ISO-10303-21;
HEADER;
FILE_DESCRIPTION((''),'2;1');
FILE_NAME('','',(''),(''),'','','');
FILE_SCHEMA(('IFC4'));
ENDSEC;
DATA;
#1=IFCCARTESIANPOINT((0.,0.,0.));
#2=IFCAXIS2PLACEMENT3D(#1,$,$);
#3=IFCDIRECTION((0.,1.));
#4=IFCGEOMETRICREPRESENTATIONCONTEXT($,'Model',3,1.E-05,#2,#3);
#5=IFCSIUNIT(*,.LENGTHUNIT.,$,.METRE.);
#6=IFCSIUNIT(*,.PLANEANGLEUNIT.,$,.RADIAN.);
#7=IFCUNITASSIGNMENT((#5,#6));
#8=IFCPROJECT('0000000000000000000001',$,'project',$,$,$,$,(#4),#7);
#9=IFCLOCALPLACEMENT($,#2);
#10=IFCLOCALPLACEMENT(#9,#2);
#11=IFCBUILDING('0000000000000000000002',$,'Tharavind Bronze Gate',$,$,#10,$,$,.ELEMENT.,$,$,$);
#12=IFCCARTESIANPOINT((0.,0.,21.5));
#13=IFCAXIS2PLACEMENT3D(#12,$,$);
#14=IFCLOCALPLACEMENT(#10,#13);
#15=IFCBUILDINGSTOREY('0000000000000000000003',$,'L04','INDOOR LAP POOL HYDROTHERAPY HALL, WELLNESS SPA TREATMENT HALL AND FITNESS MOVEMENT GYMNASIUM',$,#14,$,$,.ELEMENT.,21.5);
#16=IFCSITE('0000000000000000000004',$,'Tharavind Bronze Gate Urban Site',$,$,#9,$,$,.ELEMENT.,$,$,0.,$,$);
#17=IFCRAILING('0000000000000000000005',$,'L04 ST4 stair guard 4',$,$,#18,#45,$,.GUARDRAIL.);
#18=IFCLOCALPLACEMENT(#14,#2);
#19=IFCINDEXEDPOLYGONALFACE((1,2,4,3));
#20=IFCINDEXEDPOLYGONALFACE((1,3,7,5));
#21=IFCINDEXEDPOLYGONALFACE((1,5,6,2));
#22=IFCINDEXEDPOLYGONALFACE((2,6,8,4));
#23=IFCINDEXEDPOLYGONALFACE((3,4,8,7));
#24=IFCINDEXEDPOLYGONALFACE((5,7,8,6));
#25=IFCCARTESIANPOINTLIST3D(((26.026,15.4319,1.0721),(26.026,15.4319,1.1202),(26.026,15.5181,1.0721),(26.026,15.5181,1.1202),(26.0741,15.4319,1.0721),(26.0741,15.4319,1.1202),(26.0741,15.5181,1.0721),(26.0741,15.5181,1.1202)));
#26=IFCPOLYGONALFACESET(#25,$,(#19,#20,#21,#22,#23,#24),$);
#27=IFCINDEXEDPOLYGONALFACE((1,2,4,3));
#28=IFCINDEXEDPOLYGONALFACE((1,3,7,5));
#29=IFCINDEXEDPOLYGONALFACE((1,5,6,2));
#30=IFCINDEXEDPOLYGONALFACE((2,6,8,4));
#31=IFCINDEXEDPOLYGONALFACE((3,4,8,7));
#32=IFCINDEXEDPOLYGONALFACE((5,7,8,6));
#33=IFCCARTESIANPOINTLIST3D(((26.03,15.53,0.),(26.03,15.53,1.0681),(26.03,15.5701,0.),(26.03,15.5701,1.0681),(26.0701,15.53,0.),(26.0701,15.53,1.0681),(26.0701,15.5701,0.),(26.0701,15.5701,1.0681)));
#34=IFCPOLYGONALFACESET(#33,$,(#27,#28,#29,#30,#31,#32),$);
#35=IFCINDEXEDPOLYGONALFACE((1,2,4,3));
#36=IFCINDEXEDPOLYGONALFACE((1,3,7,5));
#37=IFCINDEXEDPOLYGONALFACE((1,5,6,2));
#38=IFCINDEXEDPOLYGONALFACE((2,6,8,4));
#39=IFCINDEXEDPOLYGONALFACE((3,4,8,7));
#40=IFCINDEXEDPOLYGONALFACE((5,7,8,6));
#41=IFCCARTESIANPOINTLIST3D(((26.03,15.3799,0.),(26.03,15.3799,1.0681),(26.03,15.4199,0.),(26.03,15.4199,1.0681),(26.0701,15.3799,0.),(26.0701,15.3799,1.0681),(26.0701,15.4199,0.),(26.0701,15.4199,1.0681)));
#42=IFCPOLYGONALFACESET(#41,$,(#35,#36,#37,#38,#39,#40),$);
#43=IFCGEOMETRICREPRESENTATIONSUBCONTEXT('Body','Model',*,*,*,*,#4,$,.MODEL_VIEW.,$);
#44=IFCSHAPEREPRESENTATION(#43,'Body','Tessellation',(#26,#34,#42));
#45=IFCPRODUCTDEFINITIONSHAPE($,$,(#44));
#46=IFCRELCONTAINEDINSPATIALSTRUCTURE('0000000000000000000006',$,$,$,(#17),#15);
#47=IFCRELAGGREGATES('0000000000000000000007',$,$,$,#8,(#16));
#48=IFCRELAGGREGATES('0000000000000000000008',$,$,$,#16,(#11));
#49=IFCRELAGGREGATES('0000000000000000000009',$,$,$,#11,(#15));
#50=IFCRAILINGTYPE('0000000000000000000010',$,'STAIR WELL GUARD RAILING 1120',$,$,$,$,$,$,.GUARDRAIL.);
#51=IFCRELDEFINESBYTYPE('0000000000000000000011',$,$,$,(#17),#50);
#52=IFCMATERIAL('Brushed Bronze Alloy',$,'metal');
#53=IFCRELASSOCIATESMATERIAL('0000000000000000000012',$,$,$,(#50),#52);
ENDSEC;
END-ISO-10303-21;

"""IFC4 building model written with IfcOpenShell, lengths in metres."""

from ifc_helpers import new_model, si_unit, direction, frame, origin, origin_2d, place, context, subcontext, project, spatial, rectangle, extrude, material, type_object, element, save


model = new_model("IFC4")

# Units and contexts
model_context = context("Model", 3, precision=1e-05, world=origin(), true_north=direction((0.0, 1.0)))
body_context = subcontext(model_context, "Body", "Model", "MODEL_VIEW")
ifc_project = project(units=[si_unit("LENGTHUNIT", "METRE"), si_unit("PLANEANGLEUNIT", "RADIAN")], contexts=[model_context])

# Site, building, storey
site_placement = place(None, origin())
site = spatial("IfcSite", under=ifc_project, at=site_placement, Name="Tharavind Bronze Gate Urban Site", CompositionType="ELEMENT", RefElevation=0.0)
building_placement = place(site_placement, origin())
building = spatial("IfcBuilding", under=site, at=building_placement, Name="Tharavind Bronze Gate", CompositionType="ELEMENT")
storey_placement = place(building_placement, frame((0.0, 0.0, 21.5)))
storey = spatial("IfcBuildingStorey", under=building, at=storey_placement, Name="L04", Description="INDOOR LAP POOL HYDROTHERAPY HALL, WELLNESS SPA TREATMENT HALL AND FITNESS MOVEMENT GYMNASIUM", CompositionType="ELEMENT", Elevation=21.5)

# Railing
ifc_material_1 = material(Name="Brushed Bronze Alloy", Category="metal")
railing_type_1 = type_object("IfcRailingType", Name="STAIR WELL GUARD RAILING 1120", PredefinedType="GUARDRAIL", material=ifc_material_1)
railing_1_placement = place(storey_placement, frame((26.05, 15.55, 0.0)))
element("IfcRailing", 1, at=railing_1_placement, inside=storey, type_object=railing_type_1, Name="L04 ST4 stair guard 4", PredefinedType="GUARDRAIL", context=body_context, shape_type="SweptSolid", body=[
    extrude(rectangle(XDim=0.0481, YDim=0.0481, at=origin_2d()), frame((0.0, -0.032, 1.0962), z_axis=(0.0, -1.0, 0.0), x_axis=(1.0, 0.0, 0.0)), (0.0, 0.0, 1.0), 0.0862),
    extrude(rectangle(XDim=0.04, YDim=0.04, at=origin_2d()), origin(), (0.0, 0.0, 1.0), 1.0681),
    extrude(rectangle(XDim=0.04, YDim=0.04, at=origin_2d()), frame((0.0, -0.1501, 0.0)), (0.0, 0.0, 1.0), 1.0681),
])

save(model, "model.ifc")
